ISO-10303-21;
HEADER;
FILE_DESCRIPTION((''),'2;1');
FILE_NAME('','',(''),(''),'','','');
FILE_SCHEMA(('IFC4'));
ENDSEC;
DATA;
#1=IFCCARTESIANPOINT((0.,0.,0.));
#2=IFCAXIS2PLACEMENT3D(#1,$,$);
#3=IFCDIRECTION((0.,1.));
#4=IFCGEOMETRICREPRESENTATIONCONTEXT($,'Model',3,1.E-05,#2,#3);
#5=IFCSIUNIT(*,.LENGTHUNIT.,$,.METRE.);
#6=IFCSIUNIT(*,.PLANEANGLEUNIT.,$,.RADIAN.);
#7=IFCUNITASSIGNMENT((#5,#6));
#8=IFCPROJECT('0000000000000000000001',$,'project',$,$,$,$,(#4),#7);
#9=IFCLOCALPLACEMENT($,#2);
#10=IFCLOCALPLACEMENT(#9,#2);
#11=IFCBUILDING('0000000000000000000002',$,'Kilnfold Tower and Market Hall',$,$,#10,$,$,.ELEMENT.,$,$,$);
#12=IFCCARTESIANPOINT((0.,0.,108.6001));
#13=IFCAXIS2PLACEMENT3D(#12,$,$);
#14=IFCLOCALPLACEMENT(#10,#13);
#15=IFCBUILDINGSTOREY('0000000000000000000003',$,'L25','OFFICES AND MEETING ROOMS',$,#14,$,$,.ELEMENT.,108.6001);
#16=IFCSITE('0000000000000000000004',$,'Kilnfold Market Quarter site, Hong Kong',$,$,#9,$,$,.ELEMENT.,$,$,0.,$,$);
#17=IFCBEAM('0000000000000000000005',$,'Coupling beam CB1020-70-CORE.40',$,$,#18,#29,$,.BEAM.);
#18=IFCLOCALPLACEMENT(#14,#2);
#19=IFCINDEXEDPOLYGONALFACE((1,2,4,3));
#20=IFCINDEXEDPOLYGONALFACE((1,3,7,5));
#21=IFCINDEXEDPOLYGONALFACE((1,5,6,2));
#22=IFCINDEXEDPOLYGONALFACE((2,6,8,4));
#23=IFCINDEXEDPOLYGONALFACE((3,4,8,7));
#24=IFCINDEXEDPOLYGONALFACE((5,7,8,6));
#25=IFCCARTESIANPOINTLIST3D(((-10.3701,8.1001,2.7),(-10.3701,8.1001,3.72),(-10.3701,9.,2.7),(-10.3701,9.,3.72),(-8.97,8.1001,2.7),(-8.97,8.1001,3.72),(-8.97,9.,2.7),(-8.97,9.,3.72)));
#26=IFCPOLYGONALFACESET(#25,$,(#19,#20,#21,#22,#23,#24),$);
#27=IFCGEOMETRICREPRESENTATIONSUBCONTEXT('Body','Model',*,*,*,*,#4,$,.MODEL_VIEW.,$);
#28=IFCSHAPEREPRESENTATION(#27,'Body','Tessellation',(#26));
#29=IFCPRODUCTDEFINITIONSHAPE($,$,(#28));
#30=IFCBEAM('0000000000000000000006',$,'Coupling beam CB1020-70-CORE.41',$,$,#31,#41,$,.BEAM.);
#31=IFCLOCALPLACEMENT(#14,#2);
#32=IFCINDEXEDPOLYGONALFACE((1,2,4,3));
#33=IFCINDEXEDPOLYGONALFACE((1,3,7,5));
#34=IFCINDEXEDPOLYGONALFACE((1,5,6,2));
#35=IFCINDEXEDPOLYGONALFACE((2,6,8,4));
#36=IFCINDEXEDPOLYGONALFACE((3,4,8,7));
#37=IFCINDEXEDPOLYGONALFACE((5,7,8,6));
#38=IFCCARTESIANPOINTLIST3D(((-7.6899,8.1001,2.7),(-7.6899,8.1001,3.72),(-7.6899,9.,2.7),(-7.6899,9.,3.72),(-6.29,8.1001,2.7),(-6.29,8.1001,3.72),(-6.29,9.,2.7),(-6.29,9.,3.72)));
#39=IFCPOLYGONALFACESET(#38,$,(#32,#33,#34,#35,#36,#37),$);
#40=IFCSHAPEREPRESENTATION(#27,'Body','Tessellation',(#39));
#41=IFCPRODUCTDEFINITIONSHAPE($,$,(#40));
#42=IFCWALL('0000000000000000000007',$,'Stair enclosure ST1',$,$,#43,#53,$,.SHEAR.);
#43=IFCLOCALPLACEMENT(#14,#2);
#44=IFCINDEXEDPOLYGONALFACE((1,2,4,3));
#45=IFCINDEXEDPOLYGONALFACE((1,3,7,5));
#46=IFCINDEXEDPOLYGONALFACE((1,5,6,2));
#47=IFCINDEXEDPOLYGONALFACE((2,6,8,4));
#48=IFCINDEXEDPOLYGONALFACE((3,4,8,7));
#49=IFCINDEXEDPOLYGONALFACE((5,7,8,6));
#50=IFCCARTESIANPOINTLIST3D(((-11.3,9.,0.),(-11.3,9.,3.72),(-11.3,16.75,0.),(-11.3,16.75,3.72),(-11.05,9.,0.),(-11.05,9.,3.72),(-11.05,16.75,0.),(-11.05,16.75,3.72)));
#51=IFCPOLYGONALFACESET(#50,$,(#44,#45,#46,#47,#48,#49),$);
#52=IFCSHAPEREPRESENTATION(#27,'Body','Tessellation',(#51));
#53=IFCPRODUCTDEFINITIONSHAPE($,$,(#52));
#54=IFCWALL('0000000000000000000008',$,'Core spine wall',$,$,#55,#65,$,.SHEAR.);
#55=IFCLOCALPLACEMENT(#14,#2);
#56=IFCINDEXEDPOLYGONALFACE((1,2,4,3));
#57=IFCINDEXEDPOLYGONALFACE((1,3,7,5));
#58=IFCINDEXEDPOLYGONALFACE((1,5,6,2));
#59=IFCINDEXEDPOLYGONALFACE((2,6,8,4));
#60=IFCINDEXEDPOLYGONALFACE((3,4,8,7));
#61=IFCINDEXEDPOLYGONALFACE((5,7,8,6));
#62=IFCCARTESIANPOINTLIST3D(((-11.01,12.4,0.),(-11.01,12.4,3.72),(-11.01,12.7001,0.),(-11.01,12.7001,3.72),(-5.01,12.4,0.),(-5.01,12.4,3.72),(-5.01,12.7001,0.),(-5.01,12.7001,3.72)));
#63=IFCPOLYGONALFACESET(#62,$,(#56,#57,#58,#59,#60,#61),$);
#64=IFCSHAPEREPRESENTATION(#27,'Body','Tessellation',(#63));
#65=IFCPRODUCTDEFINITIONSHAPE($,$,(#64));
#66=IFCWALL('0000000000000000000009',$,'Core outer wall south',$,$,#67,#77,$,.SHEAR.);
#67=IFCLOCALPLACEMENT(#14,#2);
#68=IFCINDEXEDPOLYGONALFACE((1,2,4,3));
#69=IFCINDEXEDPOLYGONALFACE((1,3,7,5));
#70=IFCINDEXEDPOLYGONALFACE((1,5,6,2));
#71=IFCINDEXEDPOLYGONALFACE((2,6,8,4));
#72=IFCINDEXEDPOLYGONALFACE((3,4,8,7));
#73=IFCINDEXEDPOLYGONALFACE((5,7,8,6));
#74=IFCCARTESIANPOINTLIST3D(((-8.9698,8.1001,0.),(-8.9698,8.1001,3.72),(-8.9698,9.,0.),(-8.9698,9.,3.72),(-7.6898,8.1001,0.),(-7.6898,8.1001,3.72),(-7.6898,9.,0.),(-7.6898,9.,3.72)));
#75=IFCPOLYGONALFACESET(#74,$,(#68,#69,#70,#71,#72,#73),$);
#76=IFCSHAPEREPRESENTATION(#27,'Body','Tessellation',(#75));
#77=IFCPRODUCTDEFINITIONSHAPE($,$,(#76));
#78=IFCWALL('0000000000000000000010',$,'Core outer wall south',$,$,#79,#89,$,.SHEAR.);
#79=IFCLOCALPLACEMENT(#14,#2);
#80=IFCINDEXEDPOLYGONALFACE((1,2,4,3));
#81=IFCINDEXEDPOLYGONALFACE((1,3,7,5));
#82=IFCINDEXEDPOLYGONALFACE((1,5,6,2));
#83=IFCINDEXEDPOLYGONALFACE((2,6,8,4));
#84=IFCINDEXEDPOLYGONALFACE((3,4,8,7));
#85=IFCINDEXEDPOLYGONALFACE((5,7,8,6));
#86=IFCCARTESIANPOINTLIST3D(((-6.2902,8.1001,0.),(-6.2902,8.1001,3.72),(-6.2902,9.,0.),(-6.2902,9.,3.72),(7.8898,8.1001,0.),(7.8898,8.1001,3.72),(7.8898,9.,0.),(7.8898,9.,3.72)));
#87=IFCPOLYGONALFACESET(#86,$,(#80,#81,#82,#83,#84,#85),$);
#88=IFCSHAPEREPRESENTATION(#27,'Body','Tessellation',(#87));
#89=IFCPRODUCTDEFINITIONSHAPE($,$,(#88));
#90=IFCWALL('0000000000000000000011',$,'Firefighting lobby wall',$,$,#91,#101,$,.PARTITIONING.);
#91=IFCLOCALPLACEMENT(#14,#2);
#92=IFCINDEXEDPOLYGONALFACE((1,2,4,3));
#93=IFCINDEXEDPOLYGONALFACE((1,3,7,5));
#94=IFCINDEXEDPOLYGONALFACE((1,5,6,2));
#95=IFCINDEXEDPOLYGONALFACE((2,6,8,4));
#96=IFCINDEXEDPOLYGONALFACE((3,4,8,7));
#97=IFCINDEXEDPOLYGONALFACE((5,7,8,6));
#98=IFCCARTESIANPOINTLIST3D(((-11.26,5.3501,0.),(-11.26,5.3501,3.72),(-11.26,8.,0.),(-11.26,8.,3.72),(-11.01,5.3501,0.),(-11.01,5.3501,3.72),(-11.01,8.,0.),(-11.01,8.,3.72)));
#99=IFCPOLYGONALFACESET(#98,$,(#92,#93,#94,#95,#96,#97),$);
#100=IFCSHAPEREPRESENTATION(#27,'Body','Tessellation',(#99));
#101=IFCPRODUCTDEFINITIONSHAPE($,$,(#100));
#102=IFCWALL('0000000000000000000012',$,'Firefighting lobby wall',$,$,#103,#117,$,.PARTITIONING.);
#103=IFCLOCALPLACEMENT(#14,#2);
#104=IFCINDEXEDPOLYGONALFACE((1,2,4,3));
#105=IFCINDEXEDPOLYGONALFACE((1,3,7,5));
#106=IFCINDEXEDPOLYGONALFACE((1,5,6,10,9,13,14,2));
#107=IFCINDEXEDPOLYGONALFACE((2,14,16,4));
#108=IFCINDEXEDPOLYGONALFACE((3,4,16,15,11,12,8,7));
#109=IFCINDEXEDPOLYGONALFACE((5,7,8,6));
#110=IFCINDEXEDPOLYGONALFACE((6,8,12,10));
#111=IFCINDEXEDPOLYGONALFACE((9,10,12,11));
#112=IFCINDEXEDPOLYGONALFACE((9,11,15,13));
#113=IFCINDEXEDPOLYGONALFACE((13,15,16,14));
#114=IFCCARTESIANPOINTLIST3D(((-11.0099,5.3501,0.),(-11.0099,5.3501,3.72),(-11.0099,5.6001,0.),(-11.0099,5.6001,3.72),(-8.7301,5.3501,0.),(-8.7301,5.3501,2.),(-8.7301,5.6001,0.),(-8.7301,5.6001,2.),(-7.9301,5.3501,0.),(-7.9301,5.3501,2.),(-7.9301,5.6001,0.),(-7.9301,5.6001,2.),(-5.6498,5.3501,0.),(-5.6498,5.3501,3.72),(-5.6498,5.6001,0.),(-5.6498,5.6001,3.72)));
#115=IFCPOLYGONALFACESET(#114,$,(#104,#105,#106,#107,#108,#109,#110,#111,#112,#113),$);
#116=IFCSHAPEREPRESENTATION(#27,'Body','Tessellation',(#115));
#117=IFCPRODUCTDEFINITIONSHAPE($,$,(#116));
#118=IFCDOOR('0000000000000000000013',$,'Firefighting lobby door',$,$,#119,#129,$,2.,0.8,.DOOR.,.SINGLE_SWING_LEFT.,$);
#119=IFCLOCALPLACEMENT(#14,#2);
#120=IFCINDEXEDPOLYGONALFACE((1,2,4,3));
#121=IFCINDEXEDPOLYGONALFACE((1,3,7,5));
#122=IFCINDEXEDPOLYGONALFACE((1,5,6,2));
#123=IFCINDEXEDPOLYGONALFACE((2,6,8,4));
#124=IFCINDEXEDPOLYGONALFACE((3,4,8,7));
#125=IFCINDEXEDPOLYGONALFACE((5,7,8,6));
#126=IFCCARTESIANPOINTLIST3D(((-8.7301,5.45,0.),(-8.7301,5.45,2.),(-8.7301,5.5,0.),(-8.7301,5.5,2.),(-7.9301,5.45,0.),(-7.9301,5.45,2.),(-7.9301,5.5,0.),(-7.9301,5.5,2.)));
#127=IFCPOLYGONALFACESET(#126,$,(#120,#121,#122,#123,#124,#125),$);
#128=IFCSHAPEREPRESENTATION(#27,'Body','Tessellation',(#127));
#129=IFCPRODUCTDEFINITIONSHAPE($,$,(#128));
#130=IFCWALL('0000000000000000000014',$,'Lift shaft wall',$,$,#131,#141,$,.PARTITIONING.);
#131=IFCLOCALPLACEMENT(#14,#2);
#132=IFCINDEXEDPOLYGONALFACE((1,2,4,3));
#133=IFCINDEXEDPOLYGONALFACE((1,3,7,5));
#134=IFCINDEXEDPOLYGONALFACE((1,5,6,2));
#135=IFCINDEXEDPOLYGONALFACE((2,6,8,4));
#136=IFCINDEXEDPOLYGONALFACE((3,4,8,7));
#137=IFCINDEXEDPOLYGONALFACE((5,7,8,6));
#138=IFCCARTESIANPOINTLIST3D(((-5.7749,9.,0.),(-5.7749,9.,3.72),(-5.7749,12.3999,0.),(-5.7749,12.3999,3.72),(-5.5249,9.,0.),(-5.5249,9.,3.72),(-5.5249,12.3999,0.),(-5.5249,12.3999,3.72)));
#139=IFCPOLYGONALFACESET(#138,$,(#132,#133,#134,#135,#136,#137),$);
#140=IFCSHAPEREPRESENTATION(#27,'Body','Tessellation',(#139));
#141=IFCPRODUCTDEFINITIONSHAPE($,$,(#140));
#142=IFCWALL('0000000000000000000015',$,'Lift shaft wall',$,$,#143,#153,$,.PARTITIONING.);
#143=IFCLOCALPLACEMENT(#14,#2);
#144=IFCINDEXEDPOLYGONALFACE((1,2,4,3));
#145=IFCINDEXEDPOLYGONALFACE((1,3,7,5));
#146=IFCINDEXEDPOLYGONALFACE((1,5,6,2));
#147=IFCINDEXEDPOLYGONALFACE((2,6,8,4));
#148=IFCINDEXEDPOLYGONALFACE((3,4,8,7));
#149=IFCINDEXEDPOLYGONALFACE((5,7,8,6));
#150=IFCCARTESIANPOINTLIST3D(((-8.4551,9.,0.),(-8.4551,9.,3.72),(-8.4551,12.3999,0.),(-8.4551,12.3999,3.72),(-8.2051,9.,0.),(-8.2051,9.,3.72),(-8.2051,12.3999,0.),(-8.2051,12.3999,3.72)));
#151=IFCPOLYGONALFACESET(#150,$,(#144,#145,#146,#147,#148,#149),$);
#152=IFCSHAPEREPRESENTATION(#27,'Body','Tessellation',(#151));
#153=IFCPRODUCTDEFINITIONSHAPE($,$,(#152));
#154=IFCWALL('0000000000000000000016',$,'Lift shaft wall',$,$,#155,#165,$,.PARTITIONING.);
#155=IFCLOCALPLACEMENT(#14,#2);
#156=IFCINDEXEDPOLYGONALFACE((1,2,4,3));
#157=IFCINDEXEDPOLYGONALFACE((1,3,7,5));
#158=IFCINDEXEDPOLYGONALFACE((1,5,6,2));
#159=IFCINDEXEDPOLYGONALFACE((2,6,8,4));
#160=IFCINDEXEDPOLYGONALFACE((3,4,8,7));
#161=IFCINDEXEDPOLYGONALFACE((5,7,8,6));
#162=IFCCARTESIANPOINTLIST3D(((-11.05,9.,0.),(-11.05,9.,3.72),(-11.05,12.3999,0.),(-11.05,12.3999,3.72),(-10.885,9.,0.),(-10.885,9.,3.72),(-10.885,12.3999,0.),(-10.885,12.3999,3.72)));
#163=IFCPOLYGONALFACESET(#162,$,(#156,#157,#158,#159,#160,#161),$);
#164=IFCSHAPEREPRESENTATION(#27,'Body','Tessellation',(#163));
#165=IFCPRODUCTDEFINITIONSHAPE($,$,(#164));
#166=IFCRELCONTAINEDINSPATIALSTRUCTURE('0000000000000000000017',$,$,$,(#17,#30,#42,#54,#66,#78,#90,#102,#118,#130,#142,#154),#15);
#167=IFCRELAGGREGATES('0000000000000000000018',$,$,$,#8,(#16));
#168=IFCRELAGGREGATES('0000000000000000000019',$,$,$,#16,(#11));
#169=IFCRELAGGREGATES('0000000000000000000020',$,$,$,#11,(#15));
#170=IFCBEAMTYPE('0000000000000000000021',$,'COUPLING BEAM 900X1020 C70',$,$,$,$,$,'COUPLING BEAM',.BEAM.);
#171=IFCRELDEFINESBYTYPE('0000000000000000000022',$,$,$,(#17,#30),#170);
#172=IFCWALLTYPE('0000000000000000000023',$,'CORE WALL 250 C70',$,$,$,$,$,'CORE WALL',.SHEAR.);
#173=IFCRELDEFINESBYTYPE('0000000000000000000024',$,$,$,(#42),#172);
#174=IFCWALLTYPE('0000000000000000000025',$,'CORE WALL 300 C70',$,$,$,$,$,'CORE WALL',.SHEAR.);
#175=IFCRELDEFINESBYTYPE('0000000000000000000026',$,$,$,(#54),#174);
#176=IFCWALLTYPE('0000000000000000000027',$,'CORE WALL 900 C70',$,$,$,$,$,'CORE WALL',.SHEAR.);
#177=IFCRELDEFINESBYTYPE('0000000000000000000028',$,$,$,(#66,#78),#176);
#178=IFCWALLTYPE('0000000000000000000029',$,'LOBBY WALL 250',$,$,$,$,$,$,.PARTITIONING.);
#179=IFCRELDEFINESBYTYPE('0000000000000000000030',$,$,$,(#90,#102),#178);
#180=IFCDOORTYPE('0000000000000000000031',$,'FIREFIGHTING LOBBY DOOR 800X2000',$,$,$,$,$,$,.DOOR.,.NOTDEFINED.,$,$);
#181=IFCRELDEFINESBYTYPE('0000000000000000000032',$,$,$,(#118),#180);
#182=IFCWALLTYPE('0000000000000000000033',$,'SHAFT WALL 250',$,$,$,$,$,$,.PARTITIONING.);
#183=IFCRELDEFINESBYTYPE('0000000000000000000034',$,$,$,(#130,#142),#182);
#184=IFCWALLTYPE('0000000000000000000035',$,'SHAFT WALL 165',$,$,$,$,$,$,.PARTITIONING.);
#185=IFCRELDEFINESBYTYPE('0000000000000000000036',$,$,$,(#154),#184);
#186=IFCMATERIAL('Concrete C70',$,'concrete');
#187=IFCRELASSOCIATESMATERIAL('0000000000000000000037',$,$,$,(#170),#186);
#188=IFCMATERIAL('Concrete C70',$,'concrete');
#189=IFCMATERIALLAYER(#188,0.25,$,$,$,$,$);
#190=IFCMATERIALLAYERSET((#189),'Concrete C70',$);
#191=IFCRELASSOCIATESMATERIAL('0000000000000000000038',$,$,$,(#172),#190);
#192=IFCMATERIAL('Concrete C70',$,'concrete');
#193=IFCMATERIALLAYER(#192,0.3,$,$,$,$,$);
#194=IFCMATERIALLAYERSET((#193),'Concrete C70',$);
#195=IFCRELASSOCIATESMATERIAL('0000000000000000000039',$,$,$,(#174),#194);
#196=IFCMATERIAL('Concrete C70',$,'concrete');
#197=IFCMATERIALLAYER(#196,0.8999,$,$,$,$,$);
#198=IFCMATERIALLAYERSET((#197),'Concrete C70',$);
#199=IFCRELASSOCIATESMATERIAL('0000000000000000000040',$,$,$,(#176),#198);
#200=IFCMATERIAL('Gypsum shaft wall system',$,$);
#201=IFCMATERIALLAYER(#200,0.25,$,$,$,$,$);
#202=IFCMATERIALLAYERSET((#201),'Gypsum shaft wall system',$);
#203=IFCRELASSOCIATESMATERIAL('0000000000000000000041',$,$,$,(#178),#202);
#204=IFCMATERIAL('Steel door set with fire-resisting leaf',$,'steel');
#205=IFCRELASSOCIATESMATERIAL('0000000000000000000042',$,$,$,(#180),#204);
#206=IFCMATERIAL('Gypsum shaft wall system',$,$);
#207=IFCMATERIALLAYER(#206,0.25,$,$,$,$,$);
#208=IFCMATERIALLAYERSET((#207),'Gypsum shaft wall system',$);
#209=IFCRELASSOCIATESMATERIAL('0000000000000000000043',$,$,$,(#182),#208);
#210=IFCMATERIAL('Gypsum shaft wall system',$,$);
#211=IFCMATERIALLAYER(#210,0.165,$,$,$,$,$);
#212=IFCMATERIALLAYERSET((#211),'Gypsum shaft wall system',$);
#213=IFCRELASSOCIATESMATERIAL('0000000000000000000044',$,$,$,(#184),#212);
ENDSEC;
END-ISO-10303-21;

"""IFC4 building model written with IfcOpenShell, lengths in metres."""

from ifc_helpers import new_model, si_unit, direction, frame, frame_2d, origin, origin_2d, place, context, subcontext, project, spatial, rectangle, extrude, source, transform, mapped, material, layer, layer_set, material_profile, profile_set, type_object, element, fill, save


model = new_model("IFC4")

# Units and contexts
model_context = context("Model", 3, precision=1e-05, world=origin(), true_north=direction((0.0, 1.0)))
body_context = subcontext(model_context, "Body", "Model", "MODEL_VIEW")
ifc_project = project(units=[si_unit("LENGTHUNIT", "METRE"), si_unit("PLANEANGLEUNIT", "RADIAN")], contexts=[model_context])

# Site, building, storey
site_placement = place(None, origin())
site = spatial("IfcSite", under=ifc_project, at=site_placement, Name="Kilnfold Market Quarter site, Hong Kong", CompositionType="ELEMENT", RefElevation=0.0)
building_placement = place(site_placement, origin())
building = spatial("IfcBuilding", under=site, at=building_placement, Name="Kilnfold Tower and Market Hall", CompositionType="ELEMENT")
storey_placement = place(building_placement, frame((0.0, 0.0, 108.6001)))
storey = spatial("IfcBuildingStorey", under=building, at=storey_placement, Name="L25", Description="OFFICES AND MEETING ROOMS", CompositionType="ELEMENT", Elevation=108.6001)

# Beams
ifc_material_1 = material(Name="Concrete C70", Category="concrete")
ifc_material_profile = material_profile(ifc_material_1, rectangle(XDim=0.8999, YDim=1.02, at=origin_2d()), Name="RC 900x1020")
ifc_profile_set = profile_set([ifc_material_profile], Name="Concrete C70")
beam_type = type_object("IfcBeamType", Name="COUPLING BEAM 900X1020 C70", ElementType="COUPLING BEAM", PredefinedType="BEAM", material=ifc_profile_set)
shared_shape_1 = source(origin(), body_context, "Body", "SweptSolid", [
    extrude(rectangle(XDim=0.8999, YDim=1.02, at=origin_2d()), origin(), (0.0, 0.0, 1.0), 1.4001),
])
beam_1_placement = place(storey_placement, frame((-10.3701, 8.55, 3.21), z_axis=(1.0, 0.0, 0.0), x_axis=(0.0, 1.0, 0.0)))
element("IfcBeam", 1, at=beam_1_placement, inside=storey, type_object=beam_type, Name="Coupling beam CB1020-70-CORE.40", PredefinedType="BEAM", context=body_context, shape_type="MappedRepresentation", body=[
    mapped(shared_shape_1, transform((0.0, 0.0, 0.0))),
])
shared_shape_2 = source(origin(), body_context, "Body", "SweptSolid", [
    extrude(rectangle(XDim=0.8999, YDim=1.02, at=origin_2d()), origin(), (0.0, 0.0, 1.0), 1.3999),
])
beam_2_placement = place(storey_placement, frame((-7.6899, 8.55, 3.21), z_axis=(1.0, 0.0, 0.0), x_axis=(0.0, 1.0, 0.0)))
element("IfcBeam", 2, at=beam_2_placement, inside=storey, type_object=beam_type, Name="Coupling beam CB1020-70-CORE.41", PredefinedType="BEAM", context=body_context, shape_type="MappedRepresentation", body=[
    mapped(shared_shape_2, transform((0.0, 0.0, 0.0))),
])

# Walls
ifc_material_2 = material(Name="Concrete C70", Category="concrete")
ifc_layer_1 = layer(ifc_material_2, 0.25)
ifc_layer_set_1 = layer_set([ifc_layer_1], Name="Concrete C70")
wall_type_1 = type_object("IfcWallType", Name="CORE WALL 250 C70", ElementType="CORE WALL", PredefinedType="SHEAR", material=ifc_layer_set_1)
shared_shape_3 = source(origin(), body_context, "Body", "SweptSolid", [
    extrude(rectangle(XDim=7.75, YDim=0.25, at=frame_2d((3.875, 0.0))), origin(), (0.0, 0.0, 1.0), 3.72),
])
wall_1_placement = place(storey_placement, frame((-11.175, 9.0, 0.0), z_axis=(0.0, 0.0, 1.0), x_axis=(0.0, 1.0, 0.0)))
element("IfcWall", 3, at=wall_1_placement, inside=storey, type_object=wall_type_1, Name="Stair enclosure ST1", PredefinedType="SHEAR", context=body_context, shape_type="MappedRepresentation", body=[
    mapped(shared_shape_3, transform((0.0, 0.0, 0.0))),
])
ifc_material_3 = material(Name="Concrete C70", Category="concrete")
ifc_layer_2 = layer(ifc_material_3, 0.3)
ifc_layer_set_2 = layer_set([ifc_layer_2], Name="Concrete C70")
wall_type_2 = type_object("IfcWallType", Name="CORE WALL 300 C70", ElementType="CORE WALL", PredefinedType="SHEAR", material=ifc_layer_set_2)
shared_shape_4 = source(origin(), body_context, "Body", "SweptSolid", [
    extrude(rectangle(XDim=6.0, YDim=0.3, at=frame_2d((3.0, 0.0))), origin(), (0.0, 0.0, 1.0), 3.72),
])
wall_2_placement = place(storey_placement, frame((-11.01, 12.55, 0.0), z_axis=(0.0, 0.0, 1.0), x_axis=(1.0, 0.0, 0.0)))
element("IfcWall", 4, at=wall_2_placement, inside=storey, type_object=wall_type_2, Name="Core spine wall", PredefinedType="SHEAR", context=body_context, shape_type="MappedRepresentation", body=[
    mapped(shared_shape_4, transform((0.0, 0.0, 0.0))),
])
ifc_material_4 = material(Name="Concrete C70", Category="concrete")
ifc_layer_3 = layer(ifc_material_4, 0.8999)
ifc_layer_set_3 = layer_set([ifc_layer_3], Name="Concrete C70")
wall_type_3 = type_object("IfcWallType", Name="CORE WALL 900 C70", ElementType="CORE WALL", PredefinedType="SHEAR", material=ifc_layer_set_3)
shared_shape_5 = source(origin(), body_context, "Body", "SweptSolid", [
    extrude(rectangle(XDim=1.28, YDim=0.8999, at=frame_2d((0.6401, 0.0))), origin(), (0.0, 0.0, 1.0), 3.72),
])
wall_3_placement = place(storey_placement, frame((-8.97, 8.55, 0.0), z_axis=(0.0, 0.0, 1.0), x_axis=(1.0, 0.0, 0.0)))
element("IfcWall", 5, at=wall_3_placement, inside=storey, type_object=wall_type_3, Name="Core outer wall south", PredefinedType="SHEAR", context=body_context, shape_type="MappedRepresentation", body=[
    mapped(shared_shape_5, transform((0.0, 0.0, 0.0))),
])
shared_shape_6 = source(origin(), body_context, "Body", "SweptSolid", [
    extrude(rectangle(XDim=14.1799, YDim=0.8999, at=frame_2d((7.0898, 0.0))), origin(), (0.0, 0.0, 1.0), 3.72),
])
wall_4_placement = place(storey_placement, frame((-6.29, 8.55, 0.0), z_axis=(0.0, 0.0, 1.0), x_axis=(1.0, 0.0, 0.0)))
element("IfcWall", 6, at=wall_4_placement, inside=storey, type_object=wall_type_3, Name="Core outer wall south", PredefinedType="SHEAR", context=body_context, shape_type="MappedRepresentation", body=[
    mapped(shared_shape_6, transform((0.0, 0.0, 0.0))),
])
ifc_material_5 = material(Name="Gypsum shaft wall system")
ifc_layer_4 = layer(ifc_material_5, 0.25)
ifc_layer_set_4 = layer_set([ifc_layer_4], Name="Gypsum shaft wall system")
wall_type_4 = type_object("IfcWallType", Name="LOBBY WALL 250", PredefinedType="PARTITIONING", material=ifc_layer_set_4)
shared_shape_7 = source(origin(), body_context, "Body", "SweptSolid", [
    extrude(rectangle(XDim=2.6499, YDim=0.25, at=frame_2d((1.325, 0.0))), origin(), (0.0, 0.0, 1.0), 3.72),
])
wall_5_placement = place(storey_placement, frame((-11.135, 5.3501, 0.0), z_axis=(0.0, 0.0, 1.0), x_axis=(0.0, 1.0, 0.0)))
element("IfcWall", 7, at=wall_5_placement, inside=storey, type_object=wall_type_4, Name="Firefighting lobby wall", PredefinedType="PARTITIONING", context=body_context, shape_type="MappedRepresentation", body=[
    mapped(shared_shape_7, transform((0.0, 0.0, 0.0))),
])

# Wall, opening, door
shared_shape_8 = source(origin(), body_context, "Body", "SweptSolid", [
    extrude(rectangle(XDim=5.3601, YDim=0.25, at=frame_2d((2.6802, 0.0))), origin(), (0.0, 0.0, 1.0), 3.72),
])
wall_6_placement = place(storey_placement, frame((-11.01, 5.4751, 0.0), z_axis=(0.0, 0.0, 1.0), x_axis=(1.0, 0.0, 0.0)))
wall_6 = element("IfcWall", 8, at=wall_6_placement, inside=storey, type_object=wall_type_4, Name="Firefighting lobby wall", PredefinedType="PARTITIONING", context=body_context, shape_type="MappedRepresentation", body=[
    mapped(shared_shape_8, transform((0.0, 0.0, 0.0))),
])
opening_1_placement = place(wall_6_placement, frame((2.28, 0.0, 0.0)))
opening_1 = element("IfcOpeningElement", 9, at=opening_1_placement, cuts=wall_6, PredefinedType="OPENING", context=body_context, shape_type="SweptSolid", body=[
    extrude(rectangle(XDim=0.8, YDim=2.0, at=frame_2d((0.3999, 1.0))), frame((0.0, 0.135, 0.0), z_axis=(0.0, -1.0, 0.0), x_axis=(1.0, 0.0, 0.0)), (0.0, 0.0, 1.0), 0.27),
])
ifc_material_6 = material(Name="Steel door set with fire-resisting leaf", Category="steel")
door_type_1 = type_object("IfcDoorType", Name="FIREFIGHTING LOBBY DOOR 800X2000", OperationType="NOTDEFINED", PredefinedType="DOOR", material=ifc_material_6)
door_1_placement = place(opening_1_placement, origin())
door_1 = element("IfcDoor", 10, at=door_1_placement, inside=storey, type_object=door_type_1, Name="Firefighting lobby door", OperationType="SINGLE_SWING_LEFT", OverallHeight=2.0, OverallWidth=0.8, PredefinedType="DOOR", context=body_context, shape_type="SweptSolid", body=[
    extrude(rectangle(XDim=0.8, YDim=2.0, at=frame_2d((0.3999, 1.0))), frame((0.0, 0.0249, 0.0), z_axis=(0.0, -1.0, 0.0), x_axis=(1.0, 0.0, 0.0)), (0.0, 0.0, 1.0), 0.05),
])
fill(opening_1, door_1)

# Walls
ifc_material_7 = material(Name="Gypsum shaft wall system")
ifc_layer_5 = layer(ifc_material_7, 0.25)
ifc_layer_set_5 = layer_set([ifc_layer_5], Name="Gypsum shaft wall system")
wall_type_5 = type_object("IfcWallType", Name="SHAFT WALL 250", PredefinedType="PARTITIONING", material=ifc_layer_set_5)
shared_shape_9 = source(origin(), body_context, "Body", "SweptSolid", [
    extrude(rectangle(XDim=3.3999, YDim=0.25, at=frame_2d((1.7, 0.0))), origin(), (0.0, 0.0, 1.0), 3.72),
])
for number, where, z_axis, x_axis, name in (
    (11, (-5.6499, 9.0, 0.0), (0.0, 0.0, 1.0), (0.0, 1.0, 0.0), "Lift shaft wall"),
    (12, (-8.3301, 9.0, 0.0), (0.0, 0.0, 1.0), (0.0, 1.0, 0.0), "Lift shaft wall"),
):
    element("IfcWall", number, at=place(storey_placement, frame(where, z_axis=z_axis, x_axis=x_axis)), inside=storey, type_object=wall_type_5, Name=name, PredefinedType="PARTITIONING", context=body_context, shape_type="MappedRepresentation", body=[
        mapped(shared_shape_9, transform((0.0, 0.0, 0.0))),
    ])
ifc_material_8 = material(Name="Gypsum shaft wall system")
ifc_layer_6 = layer(ifc_material_8, 0.165)
ifc_layer_set_6 = layer_set([ifc_layer_6], Name="Gypsum shaft wall system")
wall_type_6 = type_object("IfcWallType", Name="SHAFT WALL 165", PredefinedType="PARTITIONING", material=ifc_layer_set_6)
shared_shape_10 = source(origin(), body_context, "Body", "SweptSolid", [
    extrude(rectangle(XDim=3.3999, YDim=0.165, at=frame_2d((1.7, 0.0))), origin(), (0.0, 0.0, 1.0), 3.72),
])
wall_7_placement = place(storey_placement, frame((-10.9675, 9.0, 0.0), z_axis=(0.0, 0.0, 1.0), x_axis=(0.0, 1.0, 0.0)))
element("IfcWall", 13, at=wall_7_placement, inside=storey, type_object=wall_type_6, Name="Lift shaft wall", PredefinedType="PARTITIONING", context=body_context, shape_type="MappedRepresentation", body=[
    mapped(shared_shape_10, transform((0.0, 0.0, 0.0))),
])

save(model, "model.ifc")
